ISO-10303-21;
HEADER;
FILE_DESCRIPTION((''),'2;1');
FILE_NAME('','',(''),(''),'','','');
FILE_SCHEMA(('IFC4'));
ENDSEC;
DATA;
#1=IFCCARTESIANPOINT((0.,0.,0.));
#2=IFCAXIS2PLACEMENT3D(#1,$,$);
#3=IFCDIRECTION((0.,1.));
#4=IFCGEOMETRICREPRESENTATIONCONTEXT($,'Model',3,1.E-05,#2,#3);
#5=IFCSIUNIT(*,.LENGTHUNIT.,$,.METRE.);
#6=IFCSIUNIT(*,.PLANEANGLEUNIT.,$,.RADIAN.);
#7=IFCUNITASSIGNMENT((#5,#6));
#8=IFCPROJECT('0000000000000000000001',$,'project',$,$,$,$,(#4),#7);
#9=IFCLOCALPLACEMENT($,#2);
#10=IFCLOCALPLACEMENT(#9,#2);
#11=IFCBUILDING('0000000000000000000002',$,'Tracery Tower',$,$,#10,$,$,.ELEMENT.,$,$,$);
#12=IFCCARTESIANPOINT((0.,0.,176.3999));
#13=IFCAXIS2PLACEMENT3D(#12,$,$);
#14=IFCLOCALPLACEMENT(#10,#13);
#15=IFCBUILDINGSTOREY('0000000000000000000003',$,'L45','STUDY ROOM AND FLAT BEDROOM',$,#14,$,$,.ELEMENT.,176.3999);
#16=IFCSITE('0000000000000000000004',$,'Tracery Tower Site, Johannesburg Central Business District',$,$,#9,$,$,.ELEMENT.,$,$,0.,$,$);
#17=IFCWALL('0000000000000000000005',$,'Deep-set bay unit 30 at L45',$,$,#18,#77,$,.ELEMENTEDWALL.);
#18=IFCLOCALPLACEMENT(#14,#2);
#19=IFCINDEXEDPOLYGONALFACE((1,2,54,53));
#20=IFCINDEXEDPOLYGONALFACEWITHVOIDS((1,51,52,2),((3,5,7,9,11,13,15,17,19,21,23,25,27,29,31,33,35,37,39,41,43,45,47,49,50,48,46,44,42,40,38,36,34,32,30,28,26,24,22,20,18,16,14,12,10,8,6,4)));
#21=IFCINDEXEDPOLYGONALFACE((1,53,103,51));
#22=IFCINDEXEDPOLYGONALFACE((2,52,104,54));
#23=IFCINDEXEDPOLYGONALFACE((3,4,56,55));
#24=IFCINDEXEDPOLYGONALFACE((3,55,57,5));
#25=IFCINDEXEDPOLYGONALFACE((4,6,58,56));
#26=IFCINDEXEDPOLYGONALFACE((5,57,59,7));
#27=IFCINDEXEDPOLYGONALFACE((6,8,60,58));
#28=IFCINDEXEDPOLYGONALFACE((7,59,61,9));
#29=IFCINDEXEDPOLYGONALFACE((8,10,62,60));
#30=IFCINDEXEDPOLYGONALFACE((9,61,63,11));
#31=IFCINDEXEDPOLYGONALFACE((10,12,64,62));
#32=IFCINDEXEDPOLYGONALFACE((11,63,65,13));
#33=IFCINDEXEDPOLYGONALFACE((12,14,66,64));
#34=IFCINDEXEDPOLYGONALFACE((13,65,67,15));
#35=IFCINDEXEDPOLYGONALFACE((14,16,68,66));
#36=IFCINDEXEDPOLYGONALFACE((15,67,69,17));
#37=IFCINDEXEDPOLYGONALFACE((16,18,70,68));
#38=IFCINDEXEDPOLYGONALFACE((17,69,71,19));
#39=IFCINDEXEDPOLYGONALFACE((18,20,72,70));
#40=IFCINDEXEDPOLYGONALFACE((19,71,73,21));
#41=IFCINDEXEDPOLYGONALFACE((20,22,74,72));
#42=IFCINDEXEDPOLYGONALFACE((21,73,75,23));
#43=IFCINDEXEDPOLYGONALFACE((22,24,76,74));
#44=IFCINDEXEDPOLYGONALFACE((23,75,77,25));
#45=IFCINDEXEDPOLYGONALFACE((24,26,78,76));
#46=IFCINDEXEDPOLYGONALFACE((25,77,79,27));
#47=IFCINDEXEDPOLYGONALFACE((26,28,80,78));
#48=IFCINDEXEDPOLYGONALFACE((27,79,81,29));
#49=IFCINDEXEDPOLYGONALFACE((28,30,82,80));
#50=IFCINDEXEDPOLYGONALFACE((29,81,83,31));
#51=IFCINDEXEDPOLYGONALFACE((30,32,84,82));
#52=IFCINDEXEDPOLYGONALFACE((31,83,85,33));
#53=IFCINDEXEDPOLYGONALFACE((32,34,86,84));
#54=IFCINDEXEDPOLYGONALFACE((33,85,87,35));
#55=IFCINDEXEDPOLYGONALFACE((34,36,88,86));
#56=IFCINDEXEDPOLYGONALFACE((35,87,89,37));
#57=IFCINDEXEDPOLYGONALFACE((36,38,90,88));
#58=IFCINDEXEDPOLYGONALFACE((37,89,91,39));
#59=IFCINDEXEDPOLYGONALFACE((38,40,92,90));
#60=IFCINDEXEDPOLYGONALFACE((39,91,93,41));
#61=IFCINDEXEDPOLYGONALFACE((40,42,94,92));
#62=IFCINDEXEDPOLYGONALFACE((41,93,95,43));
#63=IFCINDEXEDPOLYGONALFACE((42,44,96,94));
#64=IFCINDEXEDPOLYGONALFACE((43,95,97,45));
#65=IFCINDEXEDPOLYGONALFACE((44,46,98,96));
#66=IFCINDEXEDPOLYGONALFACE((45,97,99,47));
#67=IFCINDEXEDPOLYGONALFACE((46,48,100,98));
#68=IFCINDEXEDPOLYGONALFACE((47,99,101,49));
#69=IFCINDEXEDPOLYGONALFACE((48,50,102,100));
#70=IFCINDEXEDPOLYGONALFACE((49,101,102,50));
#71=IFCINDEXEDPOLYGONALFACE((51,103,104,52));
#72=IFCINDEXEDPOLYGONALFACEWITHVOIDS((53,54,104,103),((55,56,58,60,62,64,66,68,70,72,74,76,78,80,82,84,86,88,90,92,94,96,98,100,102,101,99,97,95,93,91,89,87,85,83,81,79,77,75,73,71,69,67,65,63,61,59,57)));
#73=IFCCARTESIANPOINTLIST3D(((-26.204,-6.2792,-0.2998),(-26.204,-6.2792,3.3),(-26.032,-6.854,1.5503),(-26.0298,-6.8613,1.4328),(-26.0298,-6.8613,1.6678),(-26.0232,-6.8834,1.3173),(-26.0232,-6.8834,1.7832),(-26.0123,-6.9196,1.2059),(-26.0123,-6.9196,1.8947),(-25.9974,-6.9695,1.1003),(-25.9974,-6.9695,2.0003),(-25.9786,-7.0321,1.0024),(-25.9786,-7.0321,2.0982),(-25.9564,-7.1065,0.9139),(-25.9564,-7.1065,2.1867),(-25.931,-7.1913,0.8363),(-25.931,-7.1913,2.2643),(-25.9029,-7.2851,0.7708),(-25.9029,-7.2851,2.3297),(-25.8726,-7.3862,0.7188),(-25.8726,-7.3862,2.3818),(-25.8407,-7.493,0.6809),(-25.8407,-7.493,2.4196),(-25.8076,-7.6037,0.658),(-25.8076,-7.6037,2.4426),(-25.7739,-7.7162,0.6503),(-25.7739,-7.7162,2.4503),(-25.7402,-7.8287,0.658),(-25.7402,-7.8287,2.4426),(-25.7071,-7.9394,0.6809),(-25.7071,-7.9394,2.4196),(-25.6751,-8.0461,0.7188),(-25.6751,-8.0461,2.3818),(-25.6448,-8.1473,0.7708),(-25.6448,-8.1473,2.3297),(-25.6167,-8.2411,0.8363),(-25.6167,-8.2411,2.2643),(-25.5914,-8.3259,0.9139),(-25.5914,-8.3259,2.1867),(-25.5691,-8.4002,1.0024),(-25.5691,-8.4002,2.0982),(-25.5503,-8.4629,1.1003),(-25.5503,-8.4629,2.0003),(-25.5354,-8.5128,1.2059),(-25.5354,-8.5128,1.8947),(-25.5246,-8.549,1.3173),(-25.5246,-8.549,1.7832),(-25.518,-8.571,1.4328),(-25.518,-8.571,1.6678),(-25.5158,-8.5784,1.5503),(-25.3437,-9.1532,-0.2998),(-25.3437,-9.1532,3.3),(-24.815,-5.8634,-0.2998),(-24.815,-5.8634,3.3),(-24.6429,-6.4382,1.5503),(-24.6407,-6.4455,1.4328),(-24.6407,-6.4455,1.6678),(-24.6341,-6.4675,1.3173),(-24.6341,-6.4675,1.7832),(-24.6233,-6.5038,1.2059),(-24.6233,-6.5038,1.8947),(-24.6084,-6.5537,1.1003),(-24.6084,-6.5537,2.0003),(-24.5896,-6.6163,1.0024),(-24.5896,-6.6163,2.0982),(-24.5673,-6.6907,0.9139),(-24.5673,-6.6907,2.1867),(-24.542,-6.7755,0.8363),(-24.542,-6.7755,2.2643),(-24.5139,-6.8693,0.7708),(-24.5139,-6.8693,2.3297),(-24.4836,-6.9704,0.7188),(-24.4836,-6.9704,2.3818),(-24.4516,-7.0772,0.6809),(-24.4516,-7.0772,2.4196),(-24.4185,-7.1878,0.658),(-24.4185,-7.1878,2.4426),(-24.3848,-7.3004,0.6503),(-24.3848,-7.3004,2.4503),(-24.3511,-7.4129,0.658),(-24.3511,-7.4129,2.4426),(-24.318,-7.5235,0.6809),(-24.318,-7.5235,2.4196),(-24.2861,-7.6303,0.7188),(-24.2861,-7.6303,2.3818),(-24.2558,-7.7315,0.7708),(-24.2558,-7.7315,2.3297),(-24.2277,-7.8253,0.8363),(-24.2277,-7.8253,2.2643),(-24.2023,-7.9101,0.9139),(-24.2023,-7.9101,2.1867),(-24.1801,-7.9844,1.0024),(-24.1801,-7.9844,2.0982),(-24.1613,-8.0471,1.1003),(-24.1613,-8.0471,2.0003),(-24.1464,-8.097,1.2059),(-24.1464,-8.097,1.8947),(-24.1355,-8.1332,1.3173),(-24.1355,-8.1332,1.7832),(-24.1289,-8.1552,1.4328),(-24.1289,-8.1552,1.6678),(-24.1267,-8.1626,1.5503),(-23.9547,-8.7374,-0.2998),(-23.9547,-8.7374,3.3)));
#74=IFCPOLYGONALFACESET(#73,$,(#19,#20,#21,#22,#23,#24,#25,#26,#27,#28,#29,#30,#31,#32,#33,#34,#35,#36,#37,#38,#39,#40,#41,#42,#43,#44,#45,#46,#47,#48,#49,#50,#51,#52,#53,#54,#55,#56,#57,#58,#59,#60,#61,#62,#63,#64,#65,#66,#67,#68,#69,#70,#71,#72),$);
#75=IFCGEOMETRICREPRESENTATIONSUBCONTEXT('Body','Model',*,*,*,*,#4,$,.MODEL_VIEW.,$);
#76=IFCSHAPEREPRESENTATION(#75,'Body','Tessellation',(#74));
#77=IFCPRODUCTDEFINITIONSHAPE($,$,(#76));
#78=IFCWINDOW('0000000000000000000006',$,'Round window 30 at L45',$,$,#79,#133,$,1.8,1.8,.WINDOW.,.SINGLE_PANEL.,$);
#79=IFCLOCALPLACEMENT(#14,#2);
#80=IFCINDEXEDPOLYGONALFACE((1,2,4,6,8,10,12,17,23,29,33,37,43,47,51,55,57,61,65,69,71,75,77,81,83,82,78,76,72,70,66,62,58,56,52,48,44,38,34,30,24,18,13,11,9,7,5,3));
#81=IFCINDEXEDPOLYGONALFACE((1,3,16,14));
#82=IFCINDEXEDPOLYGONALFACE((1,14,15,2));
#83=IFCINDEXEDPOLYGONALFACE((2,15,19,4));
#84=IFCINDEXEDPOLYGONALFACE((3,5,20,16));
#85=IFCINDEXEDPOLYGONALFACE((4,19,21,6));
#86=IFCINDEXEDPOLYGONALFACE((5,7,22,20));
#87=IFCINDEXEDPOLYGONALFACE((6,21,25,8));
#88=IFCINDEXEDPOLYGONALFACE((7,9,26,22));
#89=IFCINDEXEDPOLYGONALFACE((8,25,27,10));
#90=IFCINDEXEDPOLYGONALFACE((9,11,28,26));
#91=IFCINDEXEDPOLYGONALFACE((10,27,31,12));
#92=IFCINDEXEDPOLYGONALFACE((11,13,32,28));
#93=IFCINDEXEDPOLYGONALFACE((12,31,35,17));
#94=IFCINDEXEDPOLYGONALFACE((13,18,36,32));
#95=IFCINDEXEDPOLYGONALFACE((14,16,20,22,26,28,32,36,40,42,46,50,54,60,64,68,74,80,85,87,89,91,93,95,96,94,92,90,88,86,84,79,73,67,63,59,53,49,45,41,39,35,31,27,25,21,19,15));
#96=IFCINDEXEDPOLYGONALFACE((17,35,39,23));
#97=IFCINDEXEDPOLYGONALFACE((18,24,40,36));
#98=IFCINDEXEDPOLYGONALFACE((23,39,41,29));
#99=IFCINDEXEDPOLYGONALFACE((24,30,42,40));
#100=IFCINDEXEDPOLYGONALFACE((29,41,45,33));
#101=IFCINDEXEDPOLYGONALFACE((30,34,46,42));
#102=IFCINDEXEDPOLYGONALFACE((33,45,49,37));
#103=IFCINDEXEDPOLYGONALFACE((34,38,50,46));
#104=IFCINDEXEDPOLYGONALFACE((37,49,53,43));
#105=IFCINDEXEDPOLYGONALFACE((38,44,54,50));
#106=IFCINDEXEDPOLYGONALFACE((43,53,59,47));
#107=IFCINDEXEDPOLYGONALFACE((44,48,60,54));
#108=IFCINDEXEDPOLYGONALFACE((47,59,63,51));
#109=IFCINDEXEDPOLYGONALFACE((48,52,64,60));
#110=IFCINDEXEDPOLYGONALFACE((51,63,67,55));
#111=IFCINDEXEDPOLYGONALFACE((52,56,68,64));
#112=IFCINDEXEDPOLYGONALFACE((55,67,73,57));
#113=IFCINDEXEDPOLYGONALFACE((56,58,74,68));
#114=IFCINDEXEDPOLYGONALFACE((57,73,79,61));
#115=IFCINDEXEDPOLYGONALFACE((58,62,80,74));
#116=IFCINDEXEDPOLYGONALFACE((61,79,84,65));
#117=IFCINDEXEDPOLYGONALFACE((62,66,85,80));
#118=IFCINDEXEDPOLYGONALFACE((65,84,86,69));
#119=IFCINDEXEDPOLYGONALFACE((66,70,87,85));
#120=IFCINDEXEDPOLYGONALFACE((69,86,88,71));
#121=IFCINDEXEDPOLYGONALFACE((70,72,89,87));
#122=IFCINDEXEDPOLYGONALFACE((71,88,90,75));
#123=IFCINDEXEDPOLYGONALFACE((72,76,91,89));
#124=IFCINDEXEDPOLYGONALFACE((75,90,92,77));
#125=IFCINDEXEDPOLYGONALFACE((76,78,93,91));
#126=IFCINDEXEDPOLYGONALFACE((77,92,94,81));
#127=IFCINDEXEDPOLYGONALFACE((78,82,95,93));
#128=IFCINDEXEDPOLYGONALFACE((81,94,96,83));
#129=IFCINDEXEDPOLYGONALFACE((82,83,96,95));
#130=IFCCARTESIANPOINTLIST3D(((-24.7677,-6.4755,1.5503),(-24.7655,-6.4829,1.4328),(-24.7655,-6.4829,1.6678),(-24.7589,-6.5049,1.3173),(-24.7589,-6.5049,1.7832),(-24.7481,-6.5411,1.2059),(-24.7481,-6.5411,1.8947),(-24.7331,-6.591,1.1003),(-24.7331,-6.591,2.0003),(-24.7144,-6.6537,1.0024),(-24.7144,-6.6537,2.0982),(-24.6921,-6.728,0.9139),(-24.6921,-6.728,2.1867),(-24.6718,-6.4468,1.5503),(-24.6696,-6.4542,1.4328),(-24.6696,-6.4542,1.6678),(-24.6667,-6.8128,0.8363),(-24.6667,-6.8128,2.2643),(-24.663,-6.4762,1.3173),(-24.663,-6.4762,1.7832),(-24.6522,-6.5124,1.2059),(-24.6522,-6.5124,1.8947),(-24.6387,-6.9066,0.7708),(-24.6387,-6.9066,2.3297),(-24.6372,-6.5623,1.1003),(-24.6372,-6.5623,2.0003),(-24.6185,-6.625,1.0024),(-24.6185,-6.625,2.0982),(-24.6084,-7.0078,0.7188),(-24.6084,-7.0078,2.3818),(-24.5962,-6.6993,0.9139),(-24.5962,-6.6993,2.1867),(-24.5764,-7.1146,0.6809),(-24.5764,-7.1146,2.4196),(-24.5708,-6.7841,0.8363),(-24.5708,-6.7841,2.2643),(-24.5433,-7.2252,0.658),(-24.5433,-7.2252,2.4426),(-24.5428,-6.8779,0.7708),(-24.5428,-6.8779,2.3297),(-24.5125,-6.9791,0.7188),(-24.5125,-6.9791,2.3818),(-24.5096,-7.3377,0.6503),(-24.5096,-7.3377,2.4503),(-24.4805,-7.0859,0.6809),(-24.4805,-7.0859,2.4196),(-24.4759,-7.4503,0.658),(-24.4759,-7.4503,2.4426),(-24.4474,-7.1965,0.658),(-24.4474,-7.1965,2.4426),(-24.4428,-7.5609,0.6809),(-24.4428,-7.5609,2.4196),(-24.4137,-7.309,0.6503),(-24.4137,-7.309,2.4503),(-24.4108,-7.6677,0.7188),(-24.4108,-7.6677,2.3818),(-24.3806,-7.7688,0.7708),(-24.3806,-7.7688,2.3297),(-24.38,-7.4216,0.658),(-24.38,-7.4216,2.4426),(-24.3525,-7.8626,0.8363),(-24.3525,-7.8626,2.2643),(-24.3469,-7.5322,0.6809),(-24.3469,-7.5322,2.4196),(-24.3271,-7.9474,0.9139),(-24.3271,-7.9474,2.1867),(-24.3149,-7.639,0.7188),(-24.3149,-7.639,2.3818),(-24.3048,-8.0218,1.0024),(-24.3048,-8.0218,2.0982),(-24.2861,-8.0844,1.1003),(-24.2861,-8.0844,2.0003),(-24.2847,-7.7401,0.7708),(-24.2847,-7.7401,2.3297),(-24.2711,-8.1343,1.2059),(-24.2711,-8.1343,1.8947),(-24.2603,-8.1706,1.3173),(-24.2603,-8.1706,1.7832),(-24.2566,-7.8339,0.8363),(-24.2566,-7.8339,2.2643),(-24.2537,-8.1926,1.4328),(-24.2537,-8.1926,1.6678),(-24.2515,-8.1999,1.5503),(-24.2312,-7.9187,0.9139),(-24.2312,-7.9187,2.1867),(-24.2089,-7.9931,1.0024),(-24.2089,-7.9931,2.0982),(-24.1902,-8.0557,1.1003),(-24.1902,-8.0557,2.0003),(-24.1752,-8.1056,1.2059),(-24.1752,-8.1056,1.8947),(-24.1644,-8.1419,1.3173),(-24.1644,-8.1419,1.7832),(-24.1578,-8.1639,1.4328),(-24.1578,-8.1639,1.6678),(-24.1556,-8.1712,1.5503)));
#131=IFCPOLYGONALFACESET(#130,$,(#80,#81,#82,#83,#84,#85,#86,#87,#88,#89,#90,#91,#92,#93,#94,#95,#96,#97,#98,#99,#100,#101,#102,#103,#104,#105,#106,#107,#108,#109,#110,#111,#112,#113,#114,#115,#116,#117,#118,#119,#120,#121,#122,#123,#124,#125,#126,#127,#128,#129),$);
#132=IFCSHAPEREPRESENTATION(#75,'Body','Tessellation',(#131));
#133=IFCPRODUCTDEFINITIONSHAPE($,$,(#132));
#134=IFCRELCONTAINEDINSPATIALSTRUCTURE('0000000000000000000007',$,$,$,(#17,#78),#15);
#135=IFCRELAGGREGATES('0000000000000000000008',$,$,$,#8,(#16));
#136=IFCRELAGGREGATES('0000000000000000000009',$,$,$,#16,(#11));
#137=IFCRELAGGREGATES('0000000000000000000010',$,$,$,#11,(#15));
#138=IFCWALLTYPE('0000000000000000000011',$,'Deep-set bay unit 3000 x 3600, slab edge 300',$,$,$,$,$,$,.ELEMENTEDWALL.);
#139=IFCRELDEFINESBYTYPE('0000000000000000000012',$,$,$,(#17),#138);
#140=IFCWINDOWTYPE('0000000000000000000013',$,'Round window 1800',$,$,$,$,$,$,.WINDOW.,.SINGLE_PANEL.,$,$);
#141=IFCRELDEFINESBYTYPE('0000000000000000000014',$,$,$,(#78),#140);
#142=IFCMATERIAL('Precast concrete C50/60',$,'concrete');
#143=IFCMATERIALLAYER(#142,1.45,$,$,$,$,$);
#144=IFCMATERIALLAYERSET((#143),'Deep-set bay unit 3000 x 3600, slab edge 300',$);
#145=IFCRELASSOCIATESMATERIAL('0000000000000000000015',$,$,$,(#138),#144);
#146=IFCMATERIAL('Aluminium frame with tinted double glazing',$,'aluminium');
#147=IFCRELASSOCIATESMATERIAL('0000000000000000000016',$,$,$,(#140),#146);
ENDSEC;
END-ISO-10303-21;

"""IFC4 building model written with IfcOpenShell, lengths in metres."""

from ifc_helpers import new_model, si_unit, direction, frame, frame_2d, origin, origin_2d, place, context, subcontext, project, spatial, rectangle, circle, extrude, material, layer, layer_set, type_object, element, fill, save


model = new_model("IFC4")

# Units and contexts
model_context = context("Model", 3, precision=1e-05, world=origin(), true_north=direction((0.0, 1.0)))
body_context = subcontext(model_context, "Body", "Model", "MODEL_VIEW")
ifc_project = project(units=[si_unit("LENGTHUNIT", "METRE"), si_unit("PLANEANGLEUNIT", "RADIAN")], contexts=[model_context])

# Site, building, storey
site_placement = place(None, origin())
site = spatial("IfcSite", under=ifc_project, at=site_placement, Name="Tracery Tower Site, Johannesburg Central Business District", CompositionType="ELEMENT", RefElevation=0.0)
building_placement = place(site_placement, origin())
building = spatial("IfcBuilding", under=site, at=building_placement, Name="Tracery Tower", CompositionType="ELEMENT")
storey_placement = place(building_placement, frame((0.0, 0.0, 176.3999)))
storey = spatial("IfcBuildingStorey", under=building, at=storey_placement, Name="L45", Description="STUDY ROOM AND FLAT BEDROOM", CompositionType="ELEMENT", Elevation=176.3999)

# Wall, opening, window
ifc_material_1 = material(Name="Precast concrete C50/60", Category="concrete")
ifc_layer_1 = layer(ifc_material_1, 1.45)
ifc_layer_set_1 = layer_set([ifc_layer_1], Name="Deep-set bay unit 3000 x 3600, slab edge 300")
wall_type_1 = type_object("IfcWallType", Name="Deep-set bay unit 3000 x 3600, slab edge 300", PredefinedType="ELEMENTEDWALL", material=ifc_layer_set_1)
wall_1_placement = place(storey_placement, frame((-25.5095, -6.0713, -0.2998), z_axis=(0.0, 0.0, 1.0), x_axis=(0.28678, -0.957996, 0.0)))
wall_1 = element("IfcWall", 1, at=wall_1_placement, inside=storey, type_object=wall_type_1, Name="Deep-set bay unit 30 at L45", PredefinedType="ELEMENTEDWALL", context=body_context, shape_type="SweptSolid", body=[
    extrude(rectangle(XDim=3.0, YDim=1.45, at=frame_2d((1.5, 0.0))), origin(), (0.0, 0.0, 1.0), 3.5999),
])
opening_1_placement = place(wall_1_placement, frame((1.5, 0.0, 1.8501)))
opening_1 = element("IfcOpeningElement", 2, at=opening_1_placement, cuts=wall_1, PredefinedType="OPENING", context=body_context, shape_type="SweptSolid", body=[
    extrude(circle(Radius=0.9, at=origin_2d()), frame((0.0, 0.7349, 0.0), z_axis=(0.0, -1.0, 0.0), x_axis=(1.0, 0.0, 0.0)), (0.0, 0.0, 1.0), 1.47),
])
ifc_material_2 = material(Name="Aluminium frame with tinted double glazing", Category="aluminium")
window_type = type_object("IfcWindowType", Name="Round window 1800", PartitioningType="SINGLE_PANEL", PredefinedType="WINDOW", material=ifc_material_2)
window_1_placement = place(opening_1_placement, origin())
window_1 = element("IfcWindow", 3, at=window_1_placement, inside=storey, type_object=window_type, Name="Round window 30 at L45", OverallHeight=1.8, OverallWidth=1.8, PartitioningType="SINGLE_PANEL", PredefinedType="WINDOW", context=body_context, shape_type="SweptSolid", body=[
    extrude(circle(Radius=0.9, at=origin_2d()), frame((0.0, 0.6948, 0.0), z_axis=(0.0, -1.0, 0.0), x_axis=(1.0, 0.0, 0.0)), (0.0, 0.0, 1.0), 0.1001),
])
fill(opening_1, window_1)

save(model, "model.ifc")
